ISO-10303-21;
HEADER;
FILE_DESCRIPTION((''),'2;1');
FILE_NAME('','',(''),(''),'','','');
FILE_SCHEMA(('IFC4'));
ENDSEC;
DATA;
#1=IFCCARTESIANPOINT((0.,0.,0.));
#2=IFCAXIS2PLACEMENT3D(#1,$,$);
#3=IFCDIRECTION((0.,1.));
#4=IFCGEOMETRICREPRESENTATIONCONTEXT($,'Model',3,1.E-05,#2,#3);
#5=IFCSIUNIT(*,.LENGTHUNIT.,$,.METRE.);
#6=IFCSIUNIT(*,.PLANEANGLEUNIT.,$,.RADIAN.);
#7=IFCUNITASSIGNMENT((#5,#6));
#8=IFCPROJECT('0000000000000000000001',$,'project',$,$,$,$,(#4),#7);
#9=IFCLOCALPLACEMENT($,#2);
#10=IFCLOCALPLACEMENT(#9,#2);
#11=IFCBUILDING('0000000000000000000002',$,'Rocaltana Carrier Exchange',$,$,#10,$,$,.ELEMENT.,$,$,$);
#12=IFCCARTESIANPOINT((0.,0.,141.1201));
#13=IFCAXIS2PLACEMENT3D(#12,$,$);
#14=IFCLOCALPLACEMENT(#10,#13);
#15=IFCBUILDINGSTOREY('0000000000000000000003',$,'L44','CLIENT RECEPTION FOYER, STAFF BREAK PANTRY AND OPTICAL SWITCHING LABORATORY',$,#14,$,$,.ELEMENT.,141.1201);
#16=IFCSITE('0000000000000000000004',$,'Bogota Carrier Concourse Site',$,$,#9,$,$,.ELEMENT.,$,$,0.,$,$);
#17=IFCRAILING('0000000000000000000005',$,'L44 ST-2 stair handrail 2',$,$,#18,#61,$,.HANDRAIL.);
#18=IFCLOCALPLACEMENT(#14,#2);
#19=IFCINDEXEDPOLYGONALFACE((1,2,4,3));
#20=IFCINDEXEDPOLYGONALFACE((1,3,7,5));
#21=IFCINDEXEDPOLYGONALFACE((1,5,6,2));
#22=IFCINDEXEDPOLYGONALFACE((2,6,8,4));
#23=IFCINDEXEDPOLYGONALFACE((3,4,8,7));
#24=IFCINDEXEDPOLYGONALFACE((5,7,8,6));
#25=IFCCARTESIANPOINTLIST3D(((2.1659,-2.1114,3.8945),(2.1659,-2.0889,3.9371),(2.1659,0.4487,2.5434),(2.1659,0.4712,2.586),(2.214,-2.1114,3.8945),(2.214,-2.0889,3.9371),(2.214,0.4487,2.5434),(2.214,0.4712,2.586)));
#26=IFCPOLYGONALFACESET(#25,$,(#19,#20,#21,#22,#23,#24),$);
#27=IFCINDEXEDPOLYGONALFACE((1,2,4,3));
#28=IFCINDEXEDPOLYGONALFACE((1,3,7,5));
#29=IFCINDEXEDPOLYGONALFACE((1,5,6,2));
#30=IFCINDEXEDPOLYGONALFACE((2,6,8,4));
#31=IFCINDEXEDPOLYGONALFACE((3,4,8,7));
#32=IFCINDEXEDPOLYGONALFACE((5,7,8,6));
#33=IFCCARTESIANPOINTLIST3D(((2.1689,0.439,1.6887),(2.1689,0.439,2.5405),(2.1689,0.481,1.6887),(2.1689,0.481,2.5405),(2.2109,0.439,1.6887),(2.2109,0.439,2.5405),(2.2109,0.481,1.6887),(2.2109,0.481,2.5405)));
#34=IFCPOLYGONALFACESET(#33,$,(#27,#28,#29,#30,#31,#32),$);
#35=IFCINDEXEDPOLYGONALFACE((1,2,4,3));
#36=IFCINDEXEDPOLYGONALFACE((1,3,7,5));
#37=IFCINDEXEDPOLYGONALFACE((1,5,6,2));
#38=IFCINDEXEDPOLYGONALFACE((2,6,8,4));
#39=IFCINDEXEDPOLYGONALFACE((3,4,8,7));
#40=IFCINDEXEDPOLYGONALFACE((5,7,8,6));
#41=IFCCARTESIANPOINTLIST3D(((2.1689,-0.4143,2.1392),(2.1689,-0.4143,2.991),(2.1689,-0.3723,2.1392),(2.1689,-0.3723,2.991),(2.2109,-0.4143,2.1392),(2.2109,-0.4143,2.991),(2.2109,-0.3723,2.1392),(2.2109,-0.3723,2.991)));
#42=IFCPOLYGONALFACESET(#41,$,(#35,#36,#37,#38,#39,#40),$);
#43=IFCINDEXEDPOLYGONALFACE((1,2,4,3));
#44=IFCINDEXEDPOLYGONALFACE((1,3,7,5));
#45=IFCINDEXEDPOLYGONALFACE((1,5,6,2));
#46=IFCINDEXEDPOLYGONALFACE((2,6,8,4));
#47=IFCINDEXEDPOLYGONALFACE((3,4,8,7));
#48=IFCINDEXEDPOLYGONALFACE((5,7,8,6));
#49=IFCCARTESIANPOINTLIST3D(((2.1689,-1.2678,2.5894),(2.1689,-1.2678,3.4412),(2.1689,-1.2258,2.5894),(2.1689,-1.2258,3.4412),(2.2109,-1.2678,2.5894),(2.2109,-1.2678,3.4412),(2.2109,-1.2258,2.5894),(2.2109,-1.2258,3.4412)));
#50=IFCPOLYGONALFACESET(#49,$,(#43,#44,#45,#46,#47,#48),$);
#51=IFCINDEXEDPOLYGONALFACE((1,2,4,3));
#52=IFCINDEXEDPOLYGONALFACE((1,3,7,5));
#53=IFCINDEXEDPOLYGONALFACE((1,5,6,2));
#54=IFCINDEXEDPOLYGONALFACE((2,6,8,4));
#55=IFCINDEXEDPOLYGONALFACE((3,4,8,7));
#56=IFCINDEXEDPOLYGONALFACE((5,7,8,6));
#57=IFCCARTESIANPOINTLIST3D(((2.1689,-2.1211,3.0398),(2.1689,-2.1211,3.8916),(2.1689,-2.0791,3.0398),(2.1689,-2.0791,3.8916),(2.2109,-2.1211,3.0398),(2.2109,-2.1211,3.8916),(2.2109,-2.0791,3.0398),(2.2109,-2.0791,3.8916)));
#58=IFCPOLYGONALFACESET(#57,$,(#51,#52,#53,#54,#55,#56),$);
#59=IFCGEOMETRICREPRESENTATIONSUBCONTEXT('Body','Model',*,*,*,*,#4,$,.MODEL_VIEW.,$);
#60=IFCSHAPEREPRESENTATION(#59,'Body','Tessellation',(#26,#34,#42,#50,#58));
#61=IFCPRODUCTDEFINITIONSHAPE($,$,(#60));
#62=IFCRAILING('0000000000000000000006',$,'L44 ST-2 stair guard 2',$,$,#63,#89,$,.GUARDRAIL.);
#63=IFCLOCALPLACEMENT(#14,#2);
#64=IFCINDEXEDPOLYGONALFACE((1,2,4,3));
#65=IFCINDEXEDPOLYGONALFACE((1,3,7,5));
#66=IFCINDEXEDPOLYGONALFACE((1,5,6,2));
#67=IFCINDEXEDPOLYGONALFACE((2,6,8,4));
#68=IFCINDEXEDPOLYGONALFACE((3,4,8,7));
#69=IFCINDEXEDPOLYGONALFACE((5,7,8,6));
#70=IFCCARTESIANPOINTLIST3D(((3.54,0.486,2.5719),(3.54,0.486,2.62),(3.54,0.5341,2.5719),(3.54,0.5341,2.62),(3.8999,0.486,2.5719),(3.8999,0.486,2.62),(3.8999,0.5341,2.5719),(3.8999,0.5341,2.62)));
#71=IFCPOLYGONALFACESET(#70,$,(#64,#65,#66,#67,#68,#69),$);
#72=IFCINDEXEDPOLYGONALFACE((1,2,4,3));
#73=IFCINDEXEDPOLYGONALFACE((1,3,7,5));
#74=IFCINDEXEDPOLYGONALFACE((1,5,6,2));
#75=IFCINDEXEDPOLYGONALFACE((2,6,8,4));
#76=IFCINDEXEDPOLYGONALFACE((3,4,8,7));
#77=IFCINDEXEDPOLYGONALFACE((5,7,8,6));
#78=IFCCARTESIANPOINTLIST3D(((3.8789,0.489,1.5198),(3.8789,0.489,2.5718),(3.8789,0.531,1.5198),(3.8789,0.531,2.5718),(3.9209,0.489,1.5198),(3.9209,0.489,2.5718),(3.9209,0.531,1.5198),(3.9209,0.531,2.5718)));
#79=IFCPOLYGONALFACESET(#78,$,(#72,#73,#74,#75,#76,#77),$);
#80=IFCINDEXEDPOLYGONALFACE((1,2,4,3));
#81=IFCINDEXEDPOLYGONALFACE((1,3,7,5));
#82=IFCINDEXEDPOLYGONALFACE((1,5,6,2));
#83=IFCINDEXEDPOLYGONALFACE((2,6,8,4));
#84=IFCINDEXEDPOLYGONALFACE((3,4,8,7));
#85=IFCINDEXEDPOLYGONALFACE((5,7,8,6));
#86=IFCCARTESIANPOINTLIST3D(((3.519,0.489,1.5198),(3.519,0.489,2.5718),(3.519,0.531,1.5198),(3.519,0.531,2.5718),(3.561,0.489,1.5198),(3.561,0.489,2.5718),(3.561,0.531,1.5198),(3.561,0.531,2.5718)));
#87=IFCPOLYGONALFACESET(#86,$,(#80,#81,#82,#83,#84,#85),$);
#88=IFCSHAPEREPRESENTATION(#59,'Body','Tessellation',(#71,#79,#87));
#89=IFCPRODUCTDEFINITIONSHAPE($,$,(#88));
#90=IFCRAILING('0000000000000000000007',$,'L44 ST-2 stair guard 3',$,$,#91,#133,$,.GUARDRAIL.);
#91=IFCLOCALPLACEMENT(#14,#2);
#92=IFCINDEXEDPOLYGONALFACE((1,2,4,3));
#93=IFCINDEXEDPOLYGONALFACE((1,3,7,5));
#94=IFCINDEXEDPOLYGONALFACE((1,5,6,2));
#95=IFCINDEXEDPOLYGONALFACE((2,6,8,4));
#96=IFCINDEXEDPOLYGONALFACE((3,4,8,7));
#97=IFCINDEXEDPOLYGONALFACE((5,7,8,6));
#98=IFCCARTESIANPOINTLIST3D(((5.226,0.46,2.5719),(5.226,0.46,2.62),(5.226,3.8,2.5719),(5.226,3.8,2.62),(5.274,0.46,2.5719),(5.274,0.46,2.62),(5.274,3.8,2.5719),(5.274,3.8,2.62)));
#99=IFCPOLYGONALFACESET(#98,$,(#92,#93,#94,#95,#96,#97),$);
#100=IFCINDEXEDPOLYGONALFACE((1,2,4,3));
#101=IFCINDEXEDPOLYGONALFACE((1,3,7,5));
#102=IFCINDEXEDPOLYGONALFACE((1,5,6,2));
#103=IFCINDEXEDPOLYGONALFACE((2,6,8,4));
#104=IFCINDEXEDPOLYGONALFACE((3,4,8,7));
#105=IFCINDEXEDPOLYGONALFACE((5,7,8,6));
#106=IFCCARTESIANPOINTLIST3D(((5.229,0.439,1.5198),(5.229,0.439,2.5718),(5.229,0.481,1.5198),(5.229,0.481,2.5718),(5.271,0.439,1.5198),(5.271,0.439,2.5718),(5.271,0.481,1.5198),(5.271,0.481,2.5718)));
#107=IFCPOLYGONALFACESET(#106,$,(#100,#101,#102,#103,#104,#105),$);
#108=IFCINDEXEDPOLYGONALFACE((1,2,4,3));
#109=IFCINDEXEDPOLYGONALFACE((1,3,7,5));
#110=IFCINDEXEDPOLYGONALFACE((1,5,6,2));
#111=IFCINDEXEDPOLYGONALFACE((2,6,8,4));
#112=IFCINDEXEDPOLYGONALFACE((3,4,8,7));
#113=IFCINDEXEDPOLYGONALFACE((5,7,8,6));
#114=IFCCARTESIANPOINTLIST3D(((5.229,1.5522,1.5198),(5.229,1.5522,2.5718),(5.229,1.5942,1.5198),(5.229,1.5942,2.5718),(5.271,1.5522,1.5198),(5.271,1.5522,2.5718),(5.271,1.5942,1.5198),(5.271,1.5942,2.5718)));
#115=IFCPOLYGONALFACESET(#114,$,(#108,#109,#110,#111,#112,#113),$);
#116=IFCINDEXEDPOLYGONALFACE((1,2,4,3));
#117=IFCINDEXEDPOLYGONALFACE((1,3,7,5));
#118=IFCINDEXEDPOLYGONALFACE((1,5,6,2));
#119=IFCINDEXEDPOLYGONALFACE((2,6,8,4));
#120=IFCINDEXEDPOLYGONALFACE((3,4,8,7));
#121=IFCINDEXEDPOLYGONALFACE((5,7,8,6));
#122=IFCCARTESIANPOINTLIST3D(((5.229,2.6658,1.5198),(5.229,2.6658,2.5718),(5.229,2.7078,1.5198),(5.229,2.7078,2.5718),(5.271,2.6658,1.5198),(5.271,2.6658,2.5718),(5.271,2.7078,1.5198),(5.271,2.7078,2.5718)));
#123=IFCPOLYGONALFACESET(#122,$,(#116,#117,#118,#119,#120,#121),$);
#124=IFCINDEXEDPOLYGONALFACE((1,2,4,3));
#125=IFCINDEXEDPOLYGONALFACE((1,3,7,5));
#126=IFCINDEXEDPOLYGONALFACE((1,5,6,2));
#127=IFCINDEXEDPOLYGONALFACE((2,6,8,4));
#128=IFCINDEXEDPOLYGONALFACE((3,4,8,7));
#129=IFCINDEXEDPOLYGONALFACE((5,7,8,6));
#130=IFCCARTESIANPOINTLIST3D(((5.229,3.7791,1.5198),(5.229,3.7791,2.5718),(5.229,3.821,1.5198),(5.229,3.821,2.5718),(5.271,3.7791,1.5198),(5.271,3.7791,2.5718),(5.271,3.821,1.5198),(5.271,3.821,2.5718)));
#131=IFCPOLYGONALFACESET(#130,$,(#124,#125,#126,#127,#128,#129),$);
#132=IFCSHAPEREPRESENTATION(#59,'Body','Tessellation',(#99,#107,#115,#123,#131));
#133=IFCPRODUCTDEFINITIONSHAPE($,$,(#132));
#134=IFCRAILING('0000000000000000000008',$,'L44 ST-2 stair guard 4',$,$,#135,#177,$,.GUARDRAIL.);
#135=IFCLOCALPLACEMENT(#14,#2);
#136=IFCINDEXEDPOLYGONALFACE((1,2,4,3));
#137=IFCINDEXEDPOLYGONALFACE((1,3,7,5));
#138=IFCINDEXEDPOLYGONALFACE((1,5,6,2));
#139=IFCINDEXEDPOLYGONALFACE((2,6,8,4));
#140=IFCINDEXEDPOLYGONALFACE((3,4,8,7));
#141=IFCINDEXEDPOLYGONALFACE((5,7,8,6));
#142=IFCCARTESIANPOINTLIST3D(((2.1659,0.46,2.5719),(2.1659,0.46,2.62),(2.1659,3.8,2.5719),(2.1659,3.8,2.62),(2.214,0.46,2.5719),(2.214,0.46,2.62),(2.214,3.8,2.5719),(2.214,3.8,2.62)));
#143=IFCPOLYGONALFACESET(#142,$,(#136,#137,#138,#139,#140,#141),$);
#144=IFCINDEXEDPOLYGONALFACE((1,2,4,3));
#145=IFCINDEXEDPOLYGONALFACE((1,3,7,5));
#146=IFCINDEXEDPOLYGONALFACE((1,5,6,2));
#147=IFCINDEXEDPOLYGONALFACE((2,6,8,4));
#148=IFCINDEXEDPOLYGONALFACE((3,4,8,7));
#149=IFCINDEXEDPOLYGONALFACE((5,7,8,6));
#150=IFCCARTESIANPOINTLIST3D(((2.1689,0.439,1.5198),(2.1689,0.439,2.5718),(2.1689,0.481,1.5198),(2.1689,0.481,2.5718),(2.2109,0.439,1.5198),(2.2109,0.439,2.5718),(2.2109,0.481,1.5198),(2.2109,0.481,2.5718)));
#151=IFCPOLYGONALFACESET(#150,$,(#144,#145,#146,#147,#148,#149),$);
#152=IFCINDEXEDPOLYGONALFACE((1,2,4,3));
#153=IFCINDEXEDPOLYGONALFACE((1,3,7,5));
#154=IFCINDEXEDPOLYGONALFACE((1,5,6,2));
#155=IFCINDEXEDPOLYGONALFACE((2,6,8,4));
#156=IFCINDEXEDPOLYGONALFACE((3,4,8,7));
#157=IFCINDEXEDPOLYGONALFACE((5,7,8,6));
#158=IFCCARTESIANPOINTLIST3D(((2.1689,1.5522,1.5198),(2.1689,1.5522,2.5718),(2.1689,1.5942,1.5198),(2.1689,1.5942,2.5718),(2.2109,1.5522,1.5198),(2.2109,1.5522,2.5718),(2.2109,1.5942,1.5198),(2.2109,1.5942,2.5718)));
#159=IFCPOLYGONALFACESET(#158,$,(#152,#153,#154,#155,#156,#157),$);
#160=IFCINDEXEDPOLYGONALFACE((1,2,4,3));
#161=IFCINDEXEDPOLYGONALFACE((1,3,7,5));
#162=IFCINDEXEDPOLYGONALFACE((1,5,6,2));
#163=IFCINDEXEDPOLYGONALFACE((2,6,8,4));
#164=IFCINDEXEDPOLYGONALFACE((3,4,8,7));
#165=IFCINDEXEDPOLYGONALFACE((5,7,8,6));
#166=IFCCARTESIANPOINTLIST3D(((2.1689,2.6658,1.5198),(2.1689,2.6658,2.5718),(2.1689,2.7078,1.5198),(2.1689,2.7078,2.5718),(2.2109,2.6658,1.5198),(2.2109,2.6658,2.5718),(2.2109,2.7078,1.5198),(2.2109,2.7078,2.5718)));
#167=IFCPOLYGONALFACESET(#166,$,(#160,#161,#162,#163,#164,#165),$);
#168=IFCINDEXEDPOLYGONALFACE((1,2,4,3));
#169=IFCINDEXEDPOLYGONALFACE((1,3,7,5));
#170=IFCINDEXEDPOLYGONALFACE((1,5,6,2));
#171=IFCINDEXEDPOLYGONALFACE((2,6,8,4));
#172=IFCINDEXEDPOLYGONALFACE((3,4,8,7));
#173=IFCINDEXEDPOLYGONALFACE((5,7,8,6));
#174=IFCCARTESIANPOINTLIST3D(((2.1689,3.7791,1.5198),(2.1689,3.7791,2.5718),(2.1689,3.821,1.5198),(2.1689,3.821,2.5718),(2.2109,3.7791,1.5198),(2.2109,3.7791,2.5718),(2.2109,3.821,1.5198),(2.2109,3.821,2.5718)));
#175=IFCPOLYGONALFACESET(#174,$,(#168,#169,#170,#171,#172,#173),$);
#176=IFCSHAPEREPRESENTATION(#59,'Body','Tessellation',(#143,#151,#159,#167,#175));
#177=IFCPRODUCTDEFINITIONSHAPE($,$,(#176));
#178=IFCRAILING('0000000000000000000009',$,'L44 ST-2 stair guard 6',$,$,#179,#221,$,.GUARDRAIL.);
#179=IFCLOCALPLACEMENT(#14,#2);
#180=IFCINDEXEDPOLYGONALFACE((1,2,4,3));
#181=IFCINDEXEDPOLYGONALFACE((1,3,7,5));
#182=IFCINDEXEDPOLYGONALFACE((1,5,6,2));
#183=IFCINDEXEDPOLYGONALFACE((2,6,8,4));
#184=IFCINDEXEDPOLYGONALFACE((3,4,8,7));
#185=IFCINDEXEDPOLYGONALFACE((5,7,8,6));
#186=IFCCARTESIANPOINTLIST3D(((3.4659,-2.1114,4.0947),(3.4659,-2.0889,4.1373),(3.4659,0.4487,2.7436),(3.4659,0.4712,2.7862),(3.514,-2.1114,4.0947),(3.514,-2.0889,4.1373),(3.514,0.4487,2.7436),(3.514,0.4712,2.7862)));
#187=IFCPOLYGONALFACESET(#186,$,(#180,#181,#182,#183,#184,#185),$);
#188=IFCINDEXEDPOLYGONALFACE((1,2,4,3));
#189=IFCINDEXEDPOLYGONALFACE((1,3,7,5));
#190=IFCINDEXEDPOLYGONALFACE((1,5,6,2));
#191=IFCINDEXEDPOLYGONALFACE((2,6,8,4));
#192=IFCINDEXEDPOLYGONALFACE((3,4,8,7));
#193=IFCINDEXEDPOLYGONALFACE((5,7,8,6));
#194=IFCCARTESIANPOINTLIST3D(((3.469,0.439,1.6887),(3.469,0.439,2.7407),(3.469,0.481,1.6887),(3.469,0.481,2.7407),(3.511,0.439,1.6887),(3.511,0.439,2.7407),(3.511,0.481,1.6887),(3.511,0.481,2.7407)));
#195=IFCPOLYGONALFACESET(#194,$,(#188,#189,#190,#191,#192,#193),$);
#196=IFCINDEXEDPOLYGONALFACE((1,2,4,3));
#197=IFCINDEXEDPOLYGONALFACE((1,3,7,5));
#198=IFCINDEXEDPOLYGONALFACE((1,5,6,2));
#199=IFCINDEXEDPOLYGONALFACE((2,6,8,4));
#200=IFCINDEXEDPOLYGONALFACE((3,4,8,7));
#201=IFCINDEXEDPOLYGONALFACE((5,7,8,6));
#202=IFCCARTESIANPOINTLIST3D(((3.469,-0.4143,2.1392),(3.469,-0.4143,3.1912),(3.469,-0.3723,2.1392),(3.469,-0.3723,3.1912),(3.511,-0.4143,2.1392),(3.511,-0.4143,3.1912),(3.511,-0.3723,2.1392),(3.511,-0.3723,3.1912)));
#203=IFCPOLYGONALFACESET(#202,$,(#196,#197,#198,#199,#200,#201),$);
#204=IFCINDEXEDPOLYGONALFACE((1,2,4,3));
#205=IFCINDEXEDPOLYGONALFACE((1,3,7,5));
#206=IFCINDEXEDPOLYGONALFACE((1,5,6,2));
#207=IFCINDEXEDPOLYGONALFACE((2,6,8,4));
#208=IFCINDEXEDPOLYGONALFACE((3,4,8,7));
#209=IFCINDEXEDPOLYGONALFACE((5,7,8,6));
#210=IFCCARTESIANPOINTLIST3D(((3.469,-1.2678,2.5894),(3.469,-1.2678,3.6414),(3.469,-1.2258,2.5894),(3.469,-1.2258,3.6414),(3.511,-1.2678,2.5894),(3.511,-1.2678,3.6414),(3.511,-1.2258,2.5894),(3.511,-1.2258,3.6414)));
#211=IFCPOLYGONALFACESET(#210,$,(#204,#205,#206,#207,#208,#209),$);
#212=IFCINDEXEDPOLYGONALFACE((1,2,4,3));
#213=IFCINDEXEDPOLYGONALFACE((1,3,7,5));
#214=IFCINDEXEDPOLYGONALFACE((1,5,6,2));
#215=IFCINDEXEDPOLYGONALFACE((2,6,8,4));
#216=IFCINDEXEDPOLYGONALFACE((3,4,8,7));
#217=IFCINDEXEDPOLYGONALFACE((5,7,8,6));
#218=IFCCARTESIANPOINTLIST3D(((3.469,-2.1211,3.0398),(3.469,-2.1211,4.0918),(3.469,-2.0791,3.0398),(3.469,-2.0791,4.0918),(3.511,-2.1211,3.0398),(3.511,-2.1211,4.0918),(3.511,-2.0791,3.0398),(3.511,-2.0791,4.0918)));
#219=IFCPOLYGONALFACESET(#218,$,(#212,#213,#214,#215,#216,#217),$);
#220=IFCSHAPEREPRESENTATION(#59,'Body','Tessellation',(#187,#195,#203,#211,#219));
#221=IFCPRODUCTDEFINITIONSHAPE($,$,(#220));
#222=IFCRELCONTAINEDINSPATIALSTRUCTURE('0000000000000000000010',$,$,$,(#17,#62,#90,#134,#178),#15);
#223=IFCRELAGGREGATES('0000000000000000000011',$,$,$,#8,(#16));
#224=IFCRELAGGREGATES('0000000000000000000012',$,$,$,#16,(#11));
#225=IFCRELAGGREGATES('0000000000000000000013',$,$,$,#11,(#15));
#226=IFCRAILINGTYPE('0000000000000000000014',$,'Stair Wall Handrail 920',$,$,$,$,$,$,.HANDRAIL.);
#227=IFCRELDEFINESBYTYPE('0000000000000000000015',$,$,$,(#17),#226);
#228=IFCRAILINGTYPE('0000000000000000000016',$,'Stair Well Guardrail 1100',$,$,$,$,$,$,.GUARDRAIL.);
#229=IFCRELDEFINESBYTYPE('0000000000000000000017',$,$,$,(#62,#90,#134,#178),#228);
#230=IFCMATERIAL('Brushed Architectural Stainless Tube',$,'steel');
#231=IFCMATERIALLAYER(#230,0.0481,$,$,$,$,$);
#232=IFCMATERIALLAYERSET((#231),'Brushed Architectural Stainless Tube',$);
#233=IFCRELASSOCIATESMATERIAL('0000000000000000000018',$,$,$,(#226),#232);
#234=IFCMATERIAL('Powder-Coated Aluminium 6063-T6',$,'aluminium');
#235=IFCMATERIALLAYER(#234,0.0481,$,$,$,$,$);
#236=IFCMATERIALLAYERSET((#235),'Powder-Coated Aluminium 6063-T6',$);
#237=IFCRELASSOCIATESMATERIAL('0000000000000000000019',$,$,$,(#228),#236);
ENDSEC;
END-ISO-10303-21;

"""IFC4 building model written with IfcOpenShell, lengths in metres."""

from ifc_helpers import new_model, si_unit, direction, frame, origin, origin_2d, place, context, subcontext, project, spatial, rectangle, extrude, material, layer, layer_set, type_object, element, save


model = new_model("IFC4")

# Units and contexts
model_context = context("Model", 3, precision=1e-05, world=origin(), true_north=direction((0.0, 1.0)))
body_context = subcontext(model_context, "Body", "Model", "MODEL_VIEW")
ifc_project = project(units=[si_unit("LENGTHUNIT", "METRE"), si_unit("PLANEANGLEUNIT", "RADIAN")], contexts=[model_context])

# Site, building, storey
site_placement = place(None, origin())
site = spatial("IfcSite", under=ifc_project, at=site_placement, Name="Bogota Carrier Concourse Site", CompositionType="ELEMENT", RefElevation=0.0)
building_placement = place(site_placement, origin())
building = spatial("IfcBuilding", under=site, at=building_placement, Name="Rocaltana Carrier Exchange", CompositionType="ELEMENT")
storey_placement = place(building_placement, frame((0.0, 0.0, 141.1201)))
storey = spatial("IfcBuildingStorey", under=building, at=storey_placement, Name="L44", Description="CLIENT RECEPTION FOYER, STAFF BREAK PANTRY AND OPTICAL SWITCHING LABORATORY", CompositionType="ELEMENT", Elevation=141.1201)

# Railings
ifc_material_1 = material(Name="Brushed Architectural Stainless Tube", Category="steel")
ifc_layer_1 = layer(ifc_material_1, 0.0481)
ifc_layer_set_1 = layer_set([ifc_layer_1], Name="Brushed Architectural Stainless Tube")
railing_type_1 = type_object("IfcRailingType", Name="Stair Wall Handrail 920", PredefinedType="HANDRAIL", material=ifc_layer_set_1)
railing_1_placement = place(storey_placement, frame((2.1899, 0.46, 1.6887)))
element("IfcRailing", 1, at=railing_1_placement, inside=storey, type_object=railing_type_1, Name="L44 ST-2 stair handrail 2", PredefinedType="HANDRAIL", context=body_context, shape_type="SweptSolid", body=[
    extrude(rectangle(XDim=0.0481, YDim=0.0481, at=origin_2d()), frame((0.0, 0.0, 0.876), z_axis=(0.0, -0.884394, 0.46674), x_axis=(1.0, 0.0, 0.0)), (0.0, 0.0, 1.0), 2.8948),
    extrude(rectangle(XDim=0.042, YDim=0.042, at=origin_2d()), origin(), (0.0, 0.0, 1.0), 0.8518),
    extrude(rectangle(XDim=0.042, YDim=0.042, at=origin_2d()), frame((0.0, -0.8533, 0.4504)), (0.0, 0.0, 1.0), 0.8518),
    extrude(rectangle(XDim=0.042, YDim=0.042, at=origin_2d()), frame((0.0, -1.7068, 0.9006)), (0.0, 0.0, 1.0), 0.8518),
    extrude(rectangle(XDim=0.042, YDim=0.042, at=origin_2d()), frame((0.0, -2.5601, 1.3511)), (0.0, 0.0, 1.0), 0.8518),
])
ifc_material_2 = material(Name="Powder-Coated Aluminium 6063-T6", Category="aluminium")
ifc_layer_2 = layer(ifc_material_2, 0.0481)
ifc_layer_set_2 = layer_set([ifc_layer_2], Name="Powder-Coated Aluminium 6063-T6")
railing_type_2 = type_object("IfcRailingType", Name="Stair Well Guardrail 1100", PredefinedType="GUARDRAIL", material=ifc_layer_set_2)
railing_2_placement = place(storey_placement, frame((3.8999, 0.51, 1.5198)))
element("IfcRailing", 2, at=railing_2_placement, inside=storey, type_object=railing_type_2, Name="L44 ST-2 stair guard 2", PredefinedType="GUARDRAIL", context=body_context, shape_type="SweptSolid", body=[
    extrude(rectangle(XDim=0.0481, YDim=0.0481, at=origin_2d()), frame((0.0, 0.0, 1.0762), z_axis=(-1.0, 0.0, 0.0), x_axis=(0.0, -1.0, 0.0)), (0.0, 0.0, 1.0), 0.3599),
    extrude(rectangle(XDim=0.042, YDim=0.042, at=origin_2d()), origin(), (0.0, 0.0, 1.0), 1.052),
    extrude(rectangle(XDim=0.042, YDim=0.042, at=origin_2d()), frame((-0.3599, 0.0, 0.0)), (0.0, 0.0, 1.0), 1.052),
])
for number, where, name in (
    (3, (5.25, 0.46, 1.5198), "L44 ST-2 stair guard 3"),
    (4, (2.1899, 0.46, 1.5198), "L44 ST-2 stair guard 4"),
):
    element("IfcRailing", number, at=place(storey_placement, frame(where)), inside=storey, type_object=railing_type_2, Name=name, PredefinedType="GUARDRAIL", context=body_context, shape_type="SweptSolid", body=[
        extrude(rectangle(XDim=0.0481, YDim=0.0481, at=origin_2d()), frame((0.0, 0.0, 1.0762), z_axis=(0.0, 1.0, 0.0), x_axis=(-1.0, 0.0, 0.0)), (0.0, 0.0, 1.0), 3.3401),
        extrude(rectangle(XDim=0.042, YDim=0.042, at=origin_2d()), origin(), (0.0, 0.0, 1.0), 1.052),
        extrude(rectangle(XDim=0.042, YDim=0.042, at=origin_2d()), frame((0.0, 1.1133, 0.0)), (0.0, 0.0, 1.0), 1.052),
        extrude(rectangle(XDim=0.042, YDim=0.042, at=origin_2d()), frame((0.0, 2.2268, 0.0)), (0.0, 0.0, 1.0), 1.052),
        extrude(rectangle(XDim=0.042, YDim=0.042, at=origin_2d()), frame((0.0, 3.3401, 0.0)), (0.0, 0.0, 1.0), 1.052),
    ])
railing_3_placement = place(storey_placement, frame((3.49, 0.46, 1.6887)))
element("IfcRailing", 5, at=railing_3_placement, inside=storey, type_object=railing_type_2, Name="L44 ST-2 stair guard 6", PredefinedType="GUARDRAIL", context=body_context, shape_type="SweptSolid", body=[
    extrude(rectangle(XDim=0.0481, YDim=0.0481, at=origin_2d()), frame((0.0, 0.0, 1.0762), z_axis=(0.0, -0.884394, 0.46674), x_axis=(1.0, 0.0, 0.0)), (0.0, 0.0, 1.0), 2.8948),
    extrude(rectangle(XDim=0.042, YDim=0.042, at=origin_2d()), origin(), (0.0, 0.0, 1.0), 1.052),
    extrude(rectangle(XDim=0.042, YDim=0.042, at=origin_2d()), frame((0.0, -0.8533, 0.4504)), (0.0, 0.0, 1.0), 1.052),
    extrude(rectangle(XDim=0.042, YDim=0.042, at=origin_2d()), frame((0.0, -1.7068, 0.9006)), (0.0, 0.0, 1.0), 1.052),
    extrude(rectangle(XDim=0.042, YDim=0.042, at=origin_2d()), frame((0.0, -2.5601, 1.3511)), (0.0, 0.0, 1.0), 1.052),
])

save(model, "model.ifc")
